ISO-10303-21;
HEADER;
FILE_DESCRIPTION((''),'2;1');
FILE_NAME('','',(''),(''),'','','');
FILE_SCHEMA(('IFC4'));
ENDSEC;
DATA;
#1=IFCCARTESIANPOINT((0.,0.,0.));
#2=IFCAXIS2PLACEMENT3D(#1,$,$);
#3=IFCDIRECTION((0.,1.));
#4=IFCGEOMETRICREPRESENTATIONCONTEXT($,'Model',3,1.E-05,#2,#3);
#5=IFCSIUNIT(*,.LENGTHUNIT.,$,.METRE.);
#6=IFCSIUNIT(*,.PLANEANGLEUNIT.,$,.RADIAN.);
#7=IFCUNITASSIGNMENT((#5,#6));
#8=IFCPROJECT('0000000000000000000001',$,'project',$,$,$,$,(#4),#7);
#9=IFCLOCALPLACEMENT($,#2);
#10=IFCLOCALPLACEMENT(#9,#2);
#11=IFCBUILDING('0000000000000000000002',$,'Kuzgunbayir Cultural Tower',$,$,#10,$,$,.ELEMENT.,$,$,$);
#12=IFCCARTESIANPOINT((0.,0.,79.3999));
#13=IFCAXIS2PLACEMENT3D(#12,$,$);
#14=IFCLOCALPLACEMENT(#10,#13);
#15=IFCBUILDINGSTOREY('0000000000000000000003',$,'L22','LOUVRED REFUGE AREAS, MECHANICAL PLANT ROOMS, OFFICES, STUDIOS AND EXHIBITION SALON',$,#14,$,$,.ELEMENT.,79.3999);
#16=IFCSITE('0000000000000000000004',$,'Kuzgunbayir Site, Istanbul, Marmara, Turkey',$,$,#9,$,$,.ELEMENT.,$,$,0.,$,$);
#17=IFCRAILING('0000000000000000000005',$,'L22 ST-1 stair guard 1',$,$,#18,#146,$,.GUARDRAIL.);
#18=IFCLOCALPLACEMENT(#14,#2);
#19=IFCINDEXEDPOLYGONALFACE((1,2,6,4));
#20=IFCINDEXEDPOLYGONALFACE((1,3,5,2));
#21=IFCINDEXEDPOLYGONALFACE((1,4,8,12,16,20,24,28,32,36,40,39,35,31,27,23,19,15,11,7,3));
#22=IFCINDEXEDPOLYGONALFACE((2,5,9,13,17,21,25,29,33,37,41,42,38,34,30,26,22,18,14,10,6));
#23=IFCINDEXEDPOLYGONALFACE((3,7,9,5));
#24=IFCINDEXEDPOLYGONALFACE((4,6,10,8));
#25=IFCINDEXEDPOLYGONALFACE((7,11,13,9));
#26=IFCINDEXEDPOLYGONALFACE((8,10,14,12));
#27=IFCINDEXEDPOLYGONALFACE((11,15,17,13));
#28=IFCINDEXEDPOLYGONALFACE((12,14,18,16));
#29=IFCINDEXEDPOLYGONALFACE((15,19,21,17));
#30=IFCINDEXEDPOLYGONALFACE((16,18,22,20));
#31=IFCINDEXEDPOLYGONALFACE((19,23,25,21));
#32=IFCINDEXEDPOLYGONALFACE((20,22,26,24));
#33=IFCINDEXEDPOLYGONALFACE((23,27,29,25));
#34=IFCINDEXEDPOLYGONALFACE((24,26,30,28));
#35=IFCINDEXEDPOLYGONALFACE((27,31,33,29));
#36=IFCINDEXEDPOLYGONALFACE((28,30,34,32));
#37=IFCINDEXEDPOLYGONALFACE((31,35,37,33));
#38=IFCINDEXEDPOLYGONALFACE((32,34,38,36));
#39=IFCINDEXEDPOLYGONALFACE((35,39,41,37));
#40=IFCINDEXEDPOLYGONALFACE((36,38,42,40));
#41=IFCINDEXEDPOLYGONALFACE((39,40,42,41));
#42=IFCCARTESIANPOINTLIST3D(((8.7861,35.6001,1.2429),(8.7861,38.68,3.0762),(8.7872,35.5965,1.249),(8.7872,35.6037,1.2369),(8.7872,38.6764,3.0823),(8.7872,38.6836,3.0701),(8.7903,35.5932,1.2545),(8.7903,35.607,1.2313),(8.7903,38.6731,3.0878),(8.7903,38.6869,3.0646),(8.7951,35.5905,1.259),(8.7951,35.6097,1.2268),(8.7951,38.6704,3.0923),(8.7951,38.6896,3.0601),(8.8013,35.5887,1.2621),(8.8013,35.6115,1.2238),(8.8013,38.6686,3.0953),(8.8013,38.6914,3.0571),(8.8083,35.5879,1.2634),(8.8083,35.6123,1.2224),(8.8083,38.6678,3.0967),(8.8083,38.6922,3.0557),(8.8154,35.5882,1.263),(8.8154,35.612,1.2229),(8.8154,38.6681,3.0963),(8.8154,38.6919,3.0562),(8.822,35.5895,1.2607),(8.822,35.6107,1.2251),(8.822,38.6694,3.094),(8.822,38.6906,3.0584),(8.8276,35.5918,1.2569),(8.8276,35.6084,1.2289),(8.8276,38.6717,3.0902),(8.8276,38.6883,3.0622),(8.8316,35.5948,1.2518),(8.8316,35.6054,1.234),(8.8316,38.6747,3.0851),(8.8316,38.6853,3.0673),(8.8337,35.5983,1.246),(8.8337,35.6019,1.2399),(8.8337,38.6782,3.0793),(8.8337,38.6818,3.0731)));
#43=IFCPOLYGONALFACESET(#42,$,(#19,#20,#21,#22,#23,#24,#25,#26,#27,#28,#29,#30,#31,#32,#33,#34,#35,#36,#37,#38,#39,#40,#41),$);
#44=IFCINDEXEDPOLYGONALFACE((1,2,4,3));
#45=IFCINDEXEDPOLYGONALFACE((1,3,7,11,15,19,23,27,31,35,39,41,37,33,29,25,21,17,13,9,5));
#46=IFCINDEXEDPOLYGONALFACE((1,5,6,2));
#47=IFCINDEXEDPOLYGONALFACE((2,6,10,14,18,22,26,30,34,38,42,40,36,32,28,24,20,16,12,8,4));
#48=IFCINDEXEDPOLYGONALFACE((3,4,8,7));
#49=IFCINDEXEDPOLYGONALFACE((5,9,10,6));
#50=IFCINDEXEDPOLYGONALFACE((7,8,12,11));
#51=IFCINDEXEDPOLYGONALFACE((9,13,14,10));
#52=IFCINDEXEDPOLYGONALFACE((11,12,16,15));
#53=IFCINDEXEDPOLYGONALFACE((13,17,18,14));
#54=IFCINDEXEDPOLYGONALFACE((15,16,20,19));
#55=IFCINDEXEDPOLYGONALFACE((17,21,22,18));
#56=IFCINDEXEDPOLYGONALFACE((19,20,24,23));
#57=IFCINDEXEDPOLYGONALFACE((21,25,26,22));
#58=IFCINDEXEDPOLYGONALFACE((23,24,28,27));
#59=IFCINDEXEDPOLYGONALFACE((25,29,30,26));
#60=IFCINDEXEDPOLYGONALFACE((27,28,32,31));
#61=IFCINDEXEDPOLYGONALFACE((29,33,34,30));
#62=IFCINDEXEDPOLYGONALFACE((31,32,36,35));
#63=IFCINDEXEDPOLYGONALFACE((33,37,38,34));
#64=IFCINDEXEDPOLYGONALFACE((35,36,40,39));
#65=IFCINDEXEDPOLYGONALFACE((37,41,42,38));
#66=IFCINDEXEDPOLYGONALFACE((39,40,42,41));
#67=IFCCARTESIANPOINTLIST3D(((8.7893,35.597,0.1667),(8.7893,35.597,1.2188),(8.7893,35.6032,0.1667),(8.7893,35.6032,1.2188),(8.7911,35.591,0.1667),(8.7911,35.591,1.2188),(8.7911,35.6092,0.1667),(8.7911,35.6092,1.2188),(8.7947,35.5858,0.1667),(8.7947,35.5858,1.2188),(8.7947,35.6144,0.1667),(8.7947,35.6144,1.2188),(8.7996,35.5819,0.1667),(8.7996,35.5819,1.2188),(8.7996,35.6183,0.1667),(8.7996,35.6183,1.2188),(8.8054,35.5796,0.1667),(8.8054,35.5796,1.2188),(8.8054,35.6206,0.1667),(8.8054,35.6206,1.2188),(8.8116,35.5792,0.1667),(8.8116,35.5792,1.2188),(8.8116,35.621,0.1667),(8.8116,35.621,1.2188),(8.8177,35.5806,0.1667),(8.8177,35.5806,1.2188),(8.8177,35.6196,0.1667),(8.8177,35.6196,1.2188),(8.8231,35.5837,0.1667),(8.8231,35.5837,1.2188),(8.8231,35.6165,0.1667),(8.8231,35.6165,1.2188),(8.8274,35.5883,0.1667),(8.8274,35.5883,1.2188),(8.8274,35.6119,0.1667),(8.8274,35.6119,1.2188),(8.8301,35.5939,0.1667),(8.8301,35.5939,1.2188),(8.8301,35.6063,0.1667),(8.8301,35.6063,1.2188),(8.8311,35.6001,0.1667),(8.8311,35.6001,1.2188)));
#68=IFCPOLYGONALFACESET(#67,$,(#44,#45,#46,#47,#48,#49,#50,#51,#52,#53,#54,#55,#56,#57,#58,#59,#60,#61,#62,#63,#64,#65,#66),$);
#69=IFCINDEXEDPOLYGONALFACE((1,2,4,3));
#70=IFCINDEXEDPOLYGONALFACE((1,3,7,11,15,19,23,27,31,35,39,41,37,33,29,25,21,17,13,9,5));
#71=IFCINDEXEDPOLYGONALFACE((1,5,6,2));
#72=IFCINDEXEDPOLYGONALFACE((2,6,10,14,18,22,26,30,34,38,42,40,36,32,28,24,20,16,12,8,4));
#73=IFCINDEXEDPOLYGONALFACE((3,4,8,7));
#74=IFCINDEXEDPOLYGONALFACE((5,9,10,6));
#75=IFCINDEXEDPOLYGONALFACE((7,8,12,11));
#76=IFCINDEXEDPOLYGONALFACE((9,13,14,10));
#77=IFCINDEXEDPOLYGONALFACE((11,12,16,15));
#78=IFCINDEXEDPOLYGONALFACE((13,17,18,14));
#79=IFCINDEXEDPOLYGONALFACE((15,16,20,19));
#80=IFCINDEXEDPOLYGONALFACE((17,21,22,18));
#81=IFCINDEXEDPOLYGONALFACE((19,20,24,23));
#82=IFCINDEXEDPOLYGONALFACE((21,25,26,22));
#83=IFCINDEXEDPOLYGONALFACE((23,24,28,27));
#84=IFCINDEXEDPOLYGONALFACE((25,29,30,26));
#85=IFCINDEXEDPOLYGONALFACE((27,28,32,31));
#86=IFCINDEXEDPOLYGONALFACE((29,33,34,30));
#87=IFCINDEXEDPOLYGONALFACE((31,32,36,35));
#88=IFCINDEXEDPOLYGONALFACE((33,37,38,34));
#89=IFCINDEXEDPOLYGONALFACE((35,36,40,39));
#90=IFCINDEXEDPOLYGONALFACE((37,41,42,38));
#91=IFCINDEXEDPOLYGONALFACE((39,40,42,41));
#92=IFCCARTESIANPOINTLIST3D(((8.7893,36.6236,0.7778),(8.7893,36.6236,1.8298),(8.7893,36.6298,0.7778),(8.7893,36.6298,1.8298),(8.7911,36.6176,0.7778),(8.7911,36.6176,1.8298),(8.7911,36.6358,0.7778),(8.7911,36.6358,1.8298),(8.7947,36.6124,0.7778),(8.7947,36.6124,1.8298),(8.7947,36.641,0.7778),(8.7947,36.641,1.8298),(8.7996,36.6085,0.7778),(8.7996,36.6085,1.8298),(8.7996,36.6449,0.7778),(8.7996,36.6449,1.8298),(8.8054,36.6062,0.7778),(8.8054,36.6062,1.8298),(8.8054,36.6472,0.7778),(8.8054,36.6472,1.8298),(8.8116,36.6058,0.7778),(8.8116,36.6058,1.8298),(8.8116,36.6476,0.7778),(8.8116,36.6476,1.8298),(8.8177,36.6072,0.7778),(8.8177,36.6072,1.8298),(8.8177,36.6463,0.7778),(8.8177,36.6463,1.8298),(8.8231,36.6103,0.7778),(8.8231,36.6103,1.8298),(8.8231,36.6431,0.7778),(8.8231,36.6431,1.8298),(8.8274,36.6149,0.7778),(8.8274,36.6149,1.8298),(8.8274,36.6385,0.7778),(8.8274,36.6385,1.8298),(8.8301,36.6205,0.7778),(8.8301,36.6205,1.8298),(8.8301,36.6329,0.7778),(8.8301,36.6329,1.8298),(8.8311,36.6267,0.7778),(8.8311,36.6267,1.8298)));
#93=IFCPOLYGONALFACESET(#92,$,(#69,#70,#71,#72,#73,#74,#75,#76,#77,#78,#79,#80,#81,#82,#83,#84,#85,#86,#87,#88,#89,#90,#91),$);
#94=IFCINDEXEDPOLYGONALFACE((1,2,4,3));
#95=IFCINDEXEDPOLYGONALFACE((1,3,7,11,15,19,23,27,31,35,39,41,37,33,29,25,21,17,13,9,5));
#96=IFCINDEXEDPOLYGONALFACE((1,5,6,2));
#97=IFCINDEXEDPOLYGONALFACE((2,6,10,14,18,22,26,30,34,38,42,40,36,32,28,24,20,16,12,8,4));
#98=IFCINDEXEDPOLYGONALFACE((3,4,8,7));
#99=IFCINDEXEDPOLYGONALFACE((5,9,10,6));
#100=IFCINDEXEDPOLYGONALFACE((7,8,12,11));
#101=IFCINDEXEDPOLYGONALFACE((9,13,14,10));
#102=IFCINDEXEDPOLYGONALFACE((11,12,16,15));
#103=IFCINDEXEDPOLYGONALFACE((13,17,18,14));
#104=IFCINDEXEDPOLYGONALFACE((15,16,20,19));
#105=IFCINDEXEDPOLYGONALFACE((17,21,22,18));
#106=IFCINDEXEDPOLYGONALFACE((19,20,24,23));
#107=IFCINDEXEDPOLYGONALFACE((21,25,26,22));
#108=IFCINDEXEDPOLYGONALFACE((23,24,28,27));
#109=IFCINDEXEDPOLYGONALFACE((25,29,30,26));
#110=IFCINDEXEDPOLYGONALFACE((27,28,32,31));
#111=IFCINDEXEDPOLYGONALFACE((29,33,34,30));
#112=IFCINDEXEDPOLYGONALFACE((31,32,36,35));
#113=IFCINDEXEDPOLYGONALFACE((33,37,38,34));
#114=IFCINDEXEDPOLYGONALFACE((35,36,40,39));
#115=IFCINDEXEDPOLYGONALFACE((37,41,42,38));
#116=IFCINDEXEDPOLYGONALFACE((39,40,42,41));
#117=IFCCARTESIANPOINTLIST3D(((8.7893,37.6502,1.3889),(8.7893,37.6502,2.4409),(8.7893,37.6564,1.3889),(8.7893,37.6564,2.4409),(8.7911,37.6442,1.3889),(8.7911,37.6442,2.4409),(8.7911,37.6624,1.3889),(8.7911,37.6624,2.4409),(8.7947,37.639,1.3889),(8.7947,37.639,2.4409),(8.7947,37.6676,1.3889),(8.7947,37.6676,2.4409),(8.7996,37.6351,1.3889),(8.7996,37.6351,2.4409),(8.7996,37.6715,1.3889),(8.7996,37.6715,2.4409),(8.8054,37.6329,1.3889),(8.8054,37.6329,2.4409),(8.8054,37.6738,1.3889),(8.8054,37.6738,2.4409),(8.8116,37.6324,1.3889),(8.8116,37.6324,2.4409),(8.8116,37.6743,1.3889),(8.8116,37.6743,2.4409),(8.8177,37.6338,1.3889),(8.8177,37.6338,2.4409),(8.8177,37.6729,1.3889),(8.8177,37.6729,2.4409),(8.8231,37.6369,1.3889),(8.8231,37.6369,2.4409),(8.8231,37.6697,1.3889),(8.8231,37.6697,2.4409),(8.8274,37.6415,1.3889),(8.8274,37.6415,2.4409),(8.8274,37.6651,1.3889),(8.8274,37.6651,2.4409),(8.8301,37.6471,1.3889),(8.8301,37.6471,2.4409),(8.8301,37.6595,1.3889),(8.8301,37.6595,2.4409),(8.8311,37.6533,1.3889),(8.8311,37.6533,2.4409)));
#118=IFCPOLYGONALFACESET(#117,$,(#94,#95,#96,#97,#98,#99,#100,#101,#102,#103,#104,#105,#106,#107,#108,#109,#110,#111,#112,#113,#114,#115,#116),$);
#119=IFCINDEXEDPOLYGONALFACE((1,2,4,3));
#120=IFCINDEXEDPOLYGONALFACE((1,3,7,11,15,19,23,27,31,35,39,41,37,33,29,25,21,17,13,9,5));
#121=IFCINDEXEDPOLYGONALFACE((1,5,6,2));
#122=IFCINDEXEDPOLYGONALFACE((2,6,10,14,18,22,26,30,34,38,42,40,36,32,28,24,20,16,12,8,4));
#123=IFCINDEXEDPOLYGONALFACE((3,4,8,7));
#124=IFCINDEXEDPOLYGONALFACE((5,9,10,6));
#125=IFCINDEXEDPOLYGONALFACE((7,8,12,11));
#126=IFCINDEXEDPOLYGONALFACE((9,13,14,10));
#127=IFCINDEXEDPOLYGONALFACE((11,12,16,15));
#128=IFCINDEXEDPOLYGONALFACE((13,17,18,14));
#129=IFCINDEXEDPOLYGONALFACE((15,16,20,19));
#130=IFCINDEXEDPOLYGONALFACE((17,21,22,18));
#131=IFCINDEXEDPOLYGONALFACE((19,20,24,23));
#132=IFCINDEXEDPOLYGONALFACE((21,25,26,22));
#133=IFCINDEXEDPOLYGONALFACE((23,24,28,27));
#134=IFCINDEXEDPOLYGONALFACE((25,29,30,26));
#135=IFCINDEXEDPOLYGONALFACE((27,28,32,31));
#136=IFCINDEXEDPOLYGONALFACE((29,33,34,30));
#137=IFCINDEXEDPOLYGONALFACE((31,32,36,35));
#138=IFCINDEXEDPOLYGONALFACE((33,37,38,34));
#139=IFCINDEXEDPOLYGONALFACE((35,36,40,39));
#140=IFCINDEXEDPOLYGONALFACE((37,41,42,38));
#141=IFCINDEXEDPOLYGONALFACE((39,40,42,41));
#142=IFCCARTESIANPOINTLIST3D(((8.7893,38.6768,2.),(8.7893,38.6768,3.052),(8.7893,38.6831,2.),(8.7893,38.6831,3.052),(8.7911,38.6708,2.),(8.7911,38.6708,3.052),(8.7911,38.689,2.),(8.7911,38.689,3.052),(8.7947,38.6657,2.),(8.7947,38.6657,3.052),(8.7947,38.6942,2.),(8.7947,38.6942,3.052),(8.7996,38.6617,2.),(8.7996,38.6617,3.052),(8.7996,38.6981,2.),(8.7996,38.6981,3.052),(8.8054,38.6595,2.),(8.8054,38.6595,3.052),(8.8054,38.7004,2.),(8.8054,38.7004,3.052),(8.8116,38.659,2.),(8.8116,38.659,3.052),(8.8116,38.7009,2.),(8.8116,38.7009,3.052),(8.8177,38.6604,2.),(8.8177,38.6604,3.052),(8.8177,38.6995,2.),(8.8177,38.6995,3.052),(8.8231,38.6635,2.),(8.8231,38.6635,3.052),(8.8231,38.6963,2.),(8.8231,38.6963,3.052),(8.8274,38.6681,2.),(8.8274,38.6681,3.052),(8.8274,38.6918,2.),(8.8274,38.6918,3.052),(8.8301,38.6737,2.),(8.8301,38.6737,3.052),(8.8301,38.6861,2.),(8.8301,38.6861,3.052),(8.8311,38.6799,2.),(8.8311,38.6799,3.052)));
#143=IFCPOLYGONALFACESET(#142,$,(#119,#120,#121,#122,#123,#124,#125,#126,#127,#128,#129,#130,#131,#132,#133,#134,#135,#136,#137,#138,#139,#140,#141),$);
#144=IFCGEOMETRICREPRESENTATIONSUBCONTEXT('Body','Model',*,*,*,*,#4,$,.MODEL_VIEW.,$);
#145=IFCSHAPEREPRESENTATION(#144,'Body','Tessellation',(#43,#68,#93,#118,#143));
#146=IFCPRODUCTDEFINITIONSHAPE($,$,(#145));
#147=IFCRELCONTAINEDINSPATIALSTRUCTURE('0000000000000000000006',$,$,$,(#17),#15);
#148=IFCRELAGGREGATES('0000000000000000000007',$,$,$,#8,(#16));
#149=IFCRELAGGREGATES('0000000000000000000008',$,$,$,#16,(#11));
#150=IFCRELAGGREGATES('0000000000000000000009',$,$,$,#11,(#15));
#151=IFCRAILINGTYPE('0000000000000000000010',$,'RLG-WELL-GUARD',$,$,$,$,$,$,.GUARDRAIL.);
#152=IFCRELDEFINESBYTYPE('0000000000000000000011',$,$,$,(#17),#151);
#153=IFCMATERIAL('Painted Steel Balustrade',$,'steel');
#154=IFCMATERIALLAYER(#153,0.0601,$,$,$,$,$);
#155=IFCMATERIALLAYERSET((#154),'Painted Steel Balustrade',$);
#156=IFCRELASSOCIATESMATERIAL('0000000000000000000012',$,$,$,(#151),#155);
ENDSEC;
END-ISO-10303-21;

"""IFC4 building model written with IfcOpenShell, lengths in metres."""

from ifc_helpers import new_model, si_unit, direction, frame, origin, origin_2d, place, context, subcontext, project, spatial, circle, extrude, material, layer, layer_set, type_object, element, save


model = new_model("IFC4")

# Units and contexts
model_context = context("Model", 3, precision=1e-05, world=origin(), true_north=direction((0.0, 1.0)))
body_context = subcontext(model_context, "Body", "Model", "MODEL_VIEW")
ifc_project = project(units=[si_unit("LENGTHUNIT", "METRE"), si_unit("PLANEANGLEUNIT", "RADIAN")], contexts=[model_context])

# Site, building, storey
site_placement = place(None, origin())
site = spatial("IfcSite", under=ifc_project, at=site_placement, Name="Kuzgunbayir Site, Istanbul, Marmara, Turkey", CompositionType="ELEMENT", RefElevation=0.0)
building_placement = place(site_placement, origin())
building = spatial("IfcBuilding", under=site, at=building_placement, Name="Kuzgunbayir Cultural Tower", CompositionType="ELEMENT")
storey_placement = place(building_placement, frame((0.0, 0.0, 79.3999)))
storey = spatial("IfcBuildingStorey", under=building, at=storey_placement, Name="L22", Description="LOUVRED REFUGE AREAS, MECHANICAL PLANT ROOMS, OFFICES, STUDIOS AND EXHIBITION SALON", CompositionType="ELEMENT", Elevation=79.3999)

# Railing
ifc_material_1 = material(Name="Painted Steel Balustrade", Category="steel")
ifc_layer_1 = layer(ifc_material_1, 0.0601)
ifc_layer_set_1 = layer_set([ifc_layer_1], Name="Painted Steel Balustrade")
railing_type_1 = type_object("IfcRailingType", Name="RLG-WELL-GUARD", PredefinedType="GUARDRAIL", material=ifc_layer_set_1)
railing_1_placement = place(storey_placement, frame((8.8101, 35.6001, 0.1667)))
element("IfcRailing", 1, at=railing_1_placement, inside=storey, type_object=railing_type_1, Name="L22 ST-1 stair guard 1", PredefinedType="GUARDRAIL", context=body_context, shape_type="SweptSolid", body=[
    extrude(circle(Radius=0.0239, at=origin_2d()), frame((0.0, 0.0, 1.0762), z_axis=(0.0, 0.859291, 0.511487), x_axis=(-1.0, 0.0, 0.0)), (0.0, 0.0, 1.0), 3.5842),
    extrude(circle(Radius=0.021, at=origin_2d()), origin(), (0.0, 0.0, 1.0), 1.052),
    extrude(circle(Radius=0.021, at=origin_2d()), frame((0.0, 1.0266, 0.6111)), (0.0, 0.0, 1.0), 1.052),
    extrude(circle(Radius=0.021, at=origin_2d()), frame((0.0, 2.0532, 1.2222)), (0.0, 0.0, 1.0), 1.052),
    extrude(circle(Radius=0.021, at=origin_2d()), frame((0.0, 3.0798, 1.8333)), (0.0, 0.0, 1.0), 1.052),
])

save(model, "model.ifc")
